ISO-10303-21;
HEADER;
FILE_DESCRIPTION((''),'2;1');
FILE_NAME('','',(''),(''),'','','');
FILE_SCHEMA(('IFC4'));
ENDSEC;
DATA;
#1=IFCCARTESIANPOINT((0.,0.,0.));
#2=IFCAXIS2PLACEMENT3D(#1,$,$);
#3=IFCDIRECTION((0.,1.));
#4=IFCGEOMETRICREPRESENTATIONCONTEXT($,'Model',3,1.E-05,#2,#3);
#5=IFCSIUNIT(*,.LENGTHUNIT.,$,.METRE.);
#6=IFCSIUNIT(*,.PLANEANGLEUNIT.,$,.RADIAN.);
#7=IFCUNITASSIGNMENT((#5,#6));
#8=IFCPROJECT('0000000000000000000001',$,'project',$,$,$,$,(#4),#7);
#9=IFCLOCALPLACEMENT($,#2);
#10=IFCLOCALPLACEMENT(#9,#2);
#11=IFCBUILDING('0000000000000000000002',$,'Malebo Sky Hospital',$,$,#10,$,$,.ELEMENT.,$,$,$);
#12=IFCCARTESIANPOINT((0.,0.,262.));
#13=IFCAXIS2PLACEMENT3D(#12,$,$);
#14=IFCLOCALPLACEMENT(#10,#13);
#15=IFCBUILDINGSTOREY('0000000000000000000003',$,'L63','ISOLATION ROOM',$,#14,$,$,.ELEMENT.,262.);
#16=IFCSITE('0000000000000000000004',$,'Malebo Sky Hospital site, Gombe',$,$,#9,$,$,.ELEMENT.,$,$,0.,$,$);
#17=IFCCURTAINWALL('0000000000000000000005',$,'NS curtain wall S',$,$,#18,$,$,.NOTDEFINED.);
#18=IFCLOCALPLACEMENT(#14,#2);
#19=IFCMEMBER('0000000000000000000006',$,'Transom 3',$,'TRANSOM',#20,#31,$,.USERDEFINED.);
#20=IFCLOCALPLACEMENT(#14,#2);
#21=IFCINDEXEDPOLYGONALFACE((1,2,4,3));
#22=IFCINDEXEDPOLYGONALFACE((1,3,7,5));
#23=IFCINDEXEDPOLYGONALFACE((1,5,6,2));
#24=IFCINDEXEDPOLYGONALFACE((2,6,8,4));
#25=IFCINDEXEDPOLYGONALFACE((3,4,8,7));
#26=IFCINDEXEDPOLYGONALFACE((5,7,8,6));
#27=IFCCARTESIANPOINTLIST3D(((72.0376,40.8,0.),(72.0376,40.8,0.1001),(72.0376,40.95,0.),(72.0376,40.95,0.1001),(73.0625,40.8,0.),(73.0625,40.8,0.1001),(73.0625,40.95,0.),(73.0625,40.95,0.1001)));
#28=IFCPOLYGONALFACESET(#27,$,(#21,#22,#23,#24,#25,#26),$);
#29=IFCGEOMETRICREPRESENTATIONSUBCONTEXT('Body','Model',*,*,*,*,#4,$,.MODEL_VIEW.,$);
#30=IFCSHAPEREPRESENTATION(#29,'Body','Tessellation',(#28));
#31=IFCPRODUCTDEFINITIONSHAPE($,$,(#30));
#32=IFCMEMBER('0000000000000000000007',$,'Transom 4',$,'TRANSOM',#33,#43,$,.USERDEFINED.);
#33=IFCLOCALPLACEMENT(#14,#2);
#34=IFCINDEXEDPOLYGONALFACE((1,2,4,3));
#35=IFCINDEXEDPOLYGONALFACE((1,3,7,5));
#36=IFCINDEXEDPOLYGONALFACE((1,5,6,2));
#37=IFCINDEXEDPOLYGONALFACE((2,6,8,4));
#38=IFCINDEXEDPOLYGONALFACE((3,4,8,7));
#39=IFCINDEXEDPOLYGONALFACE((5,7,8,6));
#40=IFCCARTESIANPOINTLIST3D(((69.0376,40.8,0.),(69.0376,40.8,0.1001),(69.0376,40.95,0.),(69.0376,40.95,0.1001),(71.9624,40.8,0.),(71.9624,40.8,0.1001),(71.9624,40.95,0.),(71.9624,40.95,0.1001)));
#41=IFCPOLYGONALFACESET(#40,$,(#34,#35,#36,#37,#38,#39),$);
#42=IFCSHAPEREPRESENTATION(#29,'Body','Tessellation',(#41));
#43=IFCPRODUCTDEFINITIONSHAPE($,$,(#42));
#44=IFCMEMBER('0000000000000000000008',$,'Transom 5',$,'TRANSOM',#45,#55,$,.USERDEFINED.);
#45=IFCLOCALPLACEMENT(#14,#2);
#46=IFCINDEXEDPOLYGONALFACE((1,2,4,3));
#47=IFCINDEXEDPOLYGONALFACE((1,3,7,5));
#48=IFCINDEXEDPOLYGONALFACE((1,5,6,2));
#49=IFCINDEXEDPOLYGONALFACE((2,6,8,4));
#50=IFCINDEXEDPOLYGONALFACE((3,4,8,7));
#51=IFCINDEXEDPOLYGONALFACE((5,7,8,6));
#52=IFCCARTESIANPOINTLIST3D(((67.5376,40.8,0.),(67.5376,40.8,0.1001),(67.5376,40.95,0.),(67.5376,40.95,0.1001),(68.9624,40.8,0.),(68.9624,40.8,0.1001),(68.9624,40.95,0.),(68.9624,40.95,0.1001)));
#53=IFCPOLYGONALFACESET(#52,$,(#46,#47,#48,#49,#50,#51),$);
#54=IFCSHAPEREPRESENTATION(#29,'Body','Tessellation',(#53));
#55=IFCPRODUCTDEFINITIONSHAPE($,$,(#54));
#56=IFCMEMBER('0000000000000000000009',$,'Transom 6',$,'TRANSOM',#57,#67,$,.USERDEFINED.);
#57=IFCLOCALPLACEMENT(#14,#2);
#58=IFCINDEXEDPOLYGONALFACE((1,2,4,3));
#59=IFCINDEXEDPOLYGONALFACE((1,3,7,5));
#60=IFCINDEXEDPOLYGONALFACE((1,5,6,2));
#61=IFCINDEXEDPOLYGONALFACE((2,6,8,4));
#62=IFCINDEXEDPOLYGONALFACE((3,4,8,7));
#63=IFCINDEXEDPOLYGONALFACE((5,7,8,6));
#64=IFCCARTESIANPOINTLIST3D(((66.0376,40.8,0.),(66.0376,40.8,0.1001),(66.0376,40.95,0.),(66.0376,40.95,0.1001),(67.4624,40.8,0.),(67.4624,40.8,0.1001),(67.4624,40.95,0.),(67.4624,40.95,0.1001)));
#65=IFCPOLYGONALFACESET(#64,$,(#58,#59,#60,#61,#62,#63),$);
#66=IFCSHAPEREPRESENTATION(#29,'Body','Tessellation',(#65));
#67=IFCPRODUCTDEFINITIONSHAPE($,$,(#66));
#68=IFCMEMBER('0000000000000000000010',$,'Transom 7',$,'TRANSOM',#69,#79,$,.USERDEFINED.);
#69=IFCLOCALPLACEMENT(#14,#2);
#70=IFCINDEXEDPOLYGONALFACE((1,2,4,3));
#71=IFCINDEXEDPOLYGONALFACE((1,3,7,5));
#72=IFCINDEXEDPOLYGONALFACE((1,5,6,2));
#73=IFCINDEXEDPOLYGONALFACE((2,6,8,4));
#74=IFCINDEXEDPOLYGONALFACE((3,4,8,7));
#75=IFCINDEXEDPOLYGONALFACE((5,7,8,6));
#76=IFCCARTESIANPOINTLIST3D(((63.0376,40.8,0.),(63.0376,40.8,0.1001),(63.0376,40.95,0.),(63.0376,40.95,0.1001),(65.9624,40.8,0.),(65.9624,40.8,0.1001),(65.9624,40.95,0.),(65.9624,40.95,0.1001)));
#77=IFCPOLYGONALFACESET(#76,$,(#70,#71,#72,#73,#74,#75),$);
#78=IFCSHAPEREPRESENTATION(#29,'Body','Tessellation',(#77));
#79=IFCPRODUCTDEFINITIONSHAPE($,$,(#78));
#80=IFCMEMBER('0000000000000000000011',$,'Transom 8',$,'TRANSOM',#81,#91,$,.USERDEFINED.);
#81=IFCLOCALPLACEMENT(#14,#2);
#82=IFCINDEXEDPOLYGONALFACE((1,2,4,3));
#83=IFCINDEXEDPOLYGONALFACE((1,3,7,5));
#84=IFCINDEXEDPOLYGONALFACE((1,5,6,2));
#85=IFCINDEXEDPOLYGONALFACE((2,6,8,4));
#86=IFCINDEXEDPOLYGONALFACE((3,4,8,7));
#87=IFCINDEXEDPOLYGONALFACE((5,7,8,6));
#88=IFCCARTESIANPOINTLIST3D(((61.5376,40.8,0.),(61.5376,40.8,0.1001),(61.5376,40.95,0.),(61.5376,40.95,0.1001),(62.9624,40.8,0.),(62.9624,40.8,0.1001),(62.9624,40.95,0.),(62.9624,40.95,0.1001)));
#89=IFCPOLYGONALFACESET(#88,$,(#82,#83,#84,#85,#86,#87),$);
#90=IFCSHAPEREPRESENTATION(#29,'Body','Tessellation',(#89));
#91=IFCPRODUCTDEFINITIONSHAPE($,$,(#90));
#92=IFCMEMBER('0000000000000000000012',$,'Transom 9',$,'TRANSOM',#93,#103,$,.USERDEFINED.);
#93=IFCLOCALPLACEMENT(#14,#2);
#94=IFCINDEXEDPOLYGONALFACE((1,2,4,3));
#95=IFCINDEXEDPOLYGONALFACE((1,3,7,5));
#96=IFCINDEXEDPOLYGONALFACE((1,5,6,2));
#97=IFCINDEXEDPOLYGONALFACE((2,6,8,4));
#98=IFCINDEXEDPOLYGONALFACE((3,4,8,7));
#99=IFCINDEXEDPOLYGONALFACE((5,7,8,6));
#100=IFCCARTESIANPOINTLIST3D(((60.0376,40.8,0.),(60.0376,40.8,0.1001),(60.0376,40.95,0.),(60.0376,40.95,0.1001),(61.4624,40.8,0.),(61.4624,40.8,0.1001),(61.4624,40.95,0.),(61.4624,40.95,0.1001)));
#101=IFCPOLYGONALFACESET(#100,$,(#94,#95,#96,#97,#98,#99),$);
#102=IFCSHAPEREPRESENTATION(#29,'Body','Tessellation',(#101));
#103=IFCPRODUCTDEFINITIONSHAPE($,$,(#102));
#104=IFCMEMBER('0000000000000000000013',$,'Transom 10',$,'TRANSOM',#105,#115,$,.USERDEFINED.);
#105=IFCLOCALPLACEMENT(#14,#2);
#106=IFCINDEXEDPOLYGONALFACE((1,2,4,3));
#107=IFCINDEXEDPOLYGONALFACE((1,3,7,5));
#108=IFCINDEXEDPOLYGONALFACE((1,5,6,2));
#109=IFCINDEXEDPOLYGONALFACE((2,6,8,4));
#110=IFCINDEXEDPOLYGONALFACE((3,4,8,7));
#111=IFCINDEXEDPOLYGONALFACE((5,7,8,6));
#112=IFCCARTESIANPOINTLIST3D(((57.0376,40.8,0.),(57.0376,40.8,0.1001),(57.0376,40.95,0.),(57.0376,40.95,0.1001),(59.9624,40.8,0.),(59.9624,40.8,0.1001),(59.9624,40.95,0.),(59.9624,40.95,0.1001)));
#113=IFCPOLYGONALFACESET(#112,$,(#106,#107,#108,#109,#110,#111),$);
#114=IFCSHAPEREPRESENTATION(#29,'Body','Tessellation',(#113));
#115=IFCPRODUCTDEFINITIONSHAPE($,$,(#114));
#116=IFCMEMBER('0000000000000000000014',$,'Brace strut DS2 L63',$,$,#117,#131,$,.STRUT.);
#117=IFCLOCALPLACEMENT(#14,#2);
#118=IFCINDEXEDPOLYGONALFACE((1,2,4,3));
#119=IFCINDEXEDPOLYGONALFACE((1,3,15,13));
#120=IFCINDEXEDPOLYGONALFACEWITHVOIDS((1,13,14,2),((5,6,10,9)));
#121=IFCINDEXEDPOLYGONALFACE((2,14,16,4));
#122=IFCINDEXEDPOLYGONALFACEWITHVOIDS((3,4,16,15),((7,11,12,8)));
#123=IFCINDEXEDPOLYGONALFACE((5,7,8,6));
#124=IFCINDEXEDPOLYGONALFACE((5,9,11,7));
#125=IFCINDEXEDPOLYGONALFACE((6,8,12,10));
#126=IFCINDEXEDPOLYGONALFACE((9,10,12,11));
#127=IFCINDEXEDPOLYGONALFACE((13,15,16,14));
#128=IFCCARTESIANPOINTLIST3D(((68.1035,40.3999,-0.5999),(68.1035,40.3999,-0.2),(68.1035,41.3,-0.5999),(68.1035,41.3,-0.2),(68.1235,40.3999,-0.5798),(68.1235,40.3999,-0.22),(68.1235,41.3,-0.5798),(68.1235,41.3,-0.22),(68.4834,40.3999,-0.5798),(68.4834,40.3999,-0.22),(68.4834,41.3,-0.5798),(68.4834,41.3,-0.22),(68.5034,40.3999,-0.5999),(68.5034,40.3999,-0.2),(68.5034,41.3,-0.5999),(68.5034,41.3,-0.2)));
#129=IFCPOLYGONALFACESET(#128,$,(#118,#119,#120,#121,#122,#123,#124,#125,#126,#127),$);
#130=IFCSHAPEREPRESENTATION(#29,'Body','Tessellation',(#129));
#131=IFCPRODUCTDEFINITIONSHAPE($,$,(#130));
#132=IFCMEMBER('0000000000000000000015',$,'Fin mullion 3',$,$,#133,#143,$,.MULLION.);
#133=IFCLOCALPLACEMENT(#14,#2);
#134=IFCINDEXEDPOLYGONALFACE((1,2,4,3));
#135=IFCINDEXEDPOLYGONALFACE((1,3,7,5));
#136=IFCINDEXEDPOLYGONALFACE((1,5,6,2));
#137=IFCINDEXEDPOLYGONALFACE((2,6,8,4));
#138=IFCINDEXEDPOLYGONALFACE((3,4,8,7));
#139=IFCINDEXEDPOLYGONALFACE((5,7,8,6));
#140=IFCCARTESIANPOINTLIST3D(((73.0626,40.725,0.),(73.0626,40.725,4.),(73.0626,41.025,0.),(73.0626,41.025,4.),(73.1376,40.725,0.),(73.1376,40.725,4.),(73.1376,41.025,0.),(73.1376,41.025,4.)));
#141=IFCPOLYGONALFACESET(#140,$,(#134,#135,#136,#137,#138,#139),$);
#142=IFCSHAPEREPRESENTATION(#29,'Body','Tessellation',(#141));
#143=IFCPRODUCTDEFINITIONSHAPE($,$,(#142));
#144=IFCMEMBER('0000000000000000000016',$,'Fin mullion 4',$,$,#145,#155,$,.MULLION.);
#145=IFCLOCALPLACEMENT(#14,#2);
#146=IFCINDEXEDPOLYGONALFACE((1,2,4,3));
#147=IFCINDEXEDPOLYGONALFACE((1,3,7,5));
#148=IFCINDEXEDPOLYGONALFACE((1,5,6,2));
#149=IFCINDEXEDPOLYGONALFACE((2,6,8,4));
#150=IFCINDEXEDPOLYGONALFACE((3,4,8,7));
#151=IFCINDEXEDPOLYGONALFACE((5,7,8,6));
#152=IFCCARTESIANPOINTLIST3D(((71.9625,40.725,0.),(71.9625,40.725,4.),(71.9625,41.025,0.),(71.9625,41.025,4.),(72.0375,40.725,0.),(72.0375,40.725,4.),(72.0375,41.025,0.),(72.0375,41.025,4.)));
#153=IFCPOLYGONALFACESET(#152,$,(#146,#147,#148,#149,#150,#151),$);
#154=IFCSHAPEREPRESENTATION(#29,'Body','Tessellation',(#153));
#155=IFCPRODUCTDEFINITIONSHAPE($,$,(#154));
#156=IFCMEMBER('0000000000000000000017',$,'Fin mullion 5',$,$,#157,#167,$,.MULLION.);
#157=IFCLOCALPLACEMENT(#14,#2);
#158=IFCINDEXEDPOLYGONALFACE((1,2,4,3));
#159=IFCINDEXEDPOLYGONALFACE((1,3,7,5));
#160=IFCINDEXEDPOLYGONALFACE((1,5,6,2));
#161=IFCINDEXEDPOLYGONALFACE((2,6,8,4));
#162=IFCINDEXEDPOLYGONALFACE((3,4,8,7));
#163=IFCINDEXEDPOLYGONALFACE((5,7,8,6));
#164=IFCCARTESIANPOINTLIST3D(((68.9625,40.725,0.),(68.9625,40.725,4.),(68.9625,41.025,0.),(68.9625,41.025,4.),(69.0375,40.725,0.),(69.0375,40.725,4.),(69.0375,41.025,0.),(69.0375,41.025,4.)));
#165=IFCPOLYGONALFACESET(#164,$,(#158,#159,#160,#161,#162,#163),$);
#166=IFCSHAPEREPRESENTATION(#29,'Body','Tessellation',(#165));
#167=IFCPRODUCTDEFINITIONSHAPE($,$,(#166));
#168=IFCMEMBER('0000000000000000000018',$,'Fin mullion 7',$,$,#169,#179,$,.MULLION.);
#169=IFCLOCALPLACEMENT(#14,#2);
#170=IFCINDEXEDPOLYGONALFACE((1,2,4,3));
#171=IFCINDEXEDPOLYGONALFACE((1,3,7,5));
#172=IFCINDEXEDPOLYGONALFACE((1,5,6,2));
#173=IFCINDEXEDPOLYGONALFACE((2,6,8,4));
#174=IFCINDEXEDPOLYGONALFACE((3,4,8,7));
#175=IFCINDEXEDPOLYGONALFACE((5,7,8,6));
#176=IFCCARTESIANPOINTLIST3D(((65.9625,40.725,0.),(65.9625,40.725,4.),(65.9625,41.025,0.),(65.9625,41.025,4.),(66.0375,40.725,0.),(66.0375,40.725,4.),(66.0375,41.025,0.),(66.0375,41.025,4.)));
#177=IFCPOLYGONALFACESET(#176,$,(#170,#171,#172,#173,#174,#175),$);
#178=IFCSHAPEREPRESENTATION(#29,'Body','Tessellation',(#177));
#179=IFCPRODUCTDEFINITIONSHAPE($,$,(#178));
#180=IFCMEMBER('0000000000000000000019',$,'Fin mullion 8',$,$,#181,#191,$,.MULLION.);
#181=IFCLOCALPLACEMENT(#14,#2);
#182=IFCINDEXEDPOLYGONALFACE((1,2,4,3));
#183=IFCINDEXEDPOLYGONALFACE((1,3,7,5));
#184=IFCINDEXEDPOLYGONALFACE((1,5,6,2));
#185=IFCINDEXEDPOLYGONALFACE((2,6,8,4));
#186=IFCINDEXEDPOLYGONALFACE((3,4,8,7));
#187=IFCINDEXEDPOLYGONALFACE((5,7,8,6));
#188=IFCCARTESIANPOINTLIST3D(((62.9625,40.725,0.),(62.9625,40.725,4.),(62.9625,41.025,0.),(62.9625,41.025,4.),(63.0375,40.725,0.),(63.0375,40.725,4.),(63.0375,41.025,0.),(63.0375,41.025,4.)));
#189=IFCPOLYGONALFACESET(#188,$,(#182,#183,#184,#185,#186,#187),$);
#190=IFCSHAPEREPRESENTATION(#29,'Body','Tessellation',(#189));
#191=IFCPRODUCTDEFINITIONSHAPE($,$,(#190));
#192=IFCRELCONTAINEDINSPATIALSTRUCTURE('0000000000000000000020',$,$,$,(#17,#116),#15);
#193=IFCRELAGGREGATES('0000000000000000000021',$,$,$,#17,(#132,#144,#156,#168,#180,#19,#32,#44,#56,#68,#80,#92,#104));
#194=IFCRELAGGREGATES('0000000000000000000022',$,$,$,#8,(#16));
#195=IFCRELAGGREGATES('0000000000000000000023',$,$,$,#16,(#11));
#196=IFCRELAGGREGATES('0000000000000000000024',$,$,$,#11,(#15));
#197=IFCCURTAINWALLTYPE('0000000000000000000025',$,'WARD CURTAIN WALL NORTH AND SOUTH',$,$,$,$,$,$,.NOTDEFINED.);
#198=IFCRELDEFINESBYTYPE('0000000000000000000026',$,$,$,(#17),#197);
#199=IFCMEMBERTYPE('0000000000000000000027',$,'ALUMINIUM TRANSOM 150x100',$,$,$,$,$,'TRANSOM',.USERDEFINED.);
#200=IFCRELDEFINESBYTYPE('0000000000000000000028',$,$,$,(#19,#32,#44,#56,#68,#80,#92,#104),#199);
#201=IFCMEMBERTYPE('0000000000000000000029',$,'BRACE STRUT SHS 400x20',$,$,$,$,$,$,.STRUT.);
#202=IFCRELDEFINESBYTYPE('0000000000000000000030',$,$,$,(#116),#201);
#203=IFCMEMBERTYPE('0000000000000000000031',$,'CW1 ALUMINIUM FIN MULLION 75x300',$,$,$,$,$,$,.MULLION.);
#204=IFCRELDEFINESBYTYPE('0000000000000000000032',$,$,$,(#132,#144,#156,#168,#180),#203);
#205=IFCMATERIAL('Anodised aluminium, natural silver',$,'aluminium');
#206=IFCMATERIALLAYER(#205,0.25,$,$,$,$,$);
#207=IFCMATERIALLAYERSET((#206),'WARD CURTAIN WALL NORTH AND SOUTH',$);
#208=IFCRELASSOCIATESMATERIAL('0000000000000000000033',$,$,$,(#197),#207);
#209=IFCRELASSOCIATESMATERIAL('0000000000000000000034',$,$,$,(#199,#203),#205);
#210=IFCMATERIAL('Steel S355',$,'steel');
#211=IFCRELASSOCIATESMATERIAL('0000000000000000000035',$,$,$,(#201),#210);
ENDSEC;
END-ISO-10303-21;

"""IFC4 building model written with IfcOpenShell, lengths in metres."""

from ifc_helpers import new_model, si_unit, direction, frame, origin, origin_2d, place, context, subcontext, project, spatial, rectangle, hollow_rectangle, extrude, material, layer, layer_set, material_profile, profile_set, type_object, element, aggregate, save


model = new_model("IFC4")

# Units and contexts
model_context = context("Model", 3, precision=1e-05, world=origin(), true_north=direction((0.0, 1.0)))
body_context = subcontext(model_context, "Body", "Model", "MODEL_VIEW")
ifc_project = project(units=[si_unit("LENGTHUNIT", "METRE"), si_unit("PLANEANGLEUNIT", "RADIAN")], contexts=[model_context])

# Site, building, storey
site_placement = place(None, origin())
site = spatial("IfcSite", under=ifc_project, at=site_placement, Name="Malebo Sky Hospital site, Gombe", CompositionType="ELEMENT", RefElevation=0.0)
building_placement = place(site_placement, origin())
building = spatial("IfcBuilding", under=site, at=building_placement, Name="Malebo Sky Hospital", CompositionType="ELEMENT")
storey_placement = place(building_placement, frame((0.0, 0.0, 262.0)))
storey = spatial("IfcBuildingStorey", under=building, at=storey_placement, Name="L63", Description="ISOLATION ROOM", CompositionType="ELEMENT", Elevation=262.0)

# Curtain wall, members
ifc_material_1 = material(Name="Anodised aluminium, natural silver", Category="aluminium")
ifc_layer_1 = layer(ifc_material_1, 0.25)
ifc_layer_set_1 = layer_set([ifc_layer_1], Name="WARD CURTAIN WALL NORTH AND SOUTH")
curtain_wall_type = type_object("IfcCurtainWallType", Name="WARD CURTAIN WALL NORTH AND SOUTH", PredefinedType="NOTDEFINED", material=ifc_layer_set_1)
curtain_wall_placement = place(storey_placement, origin())
curtain_wall = element("IfcCurtainWall", 1, at=curtain_wall_placement, inside=storey, type_object=curtain_wall_type, Name="NS curtain wall S", PredefinedType="NOTDEFINED")
ifc_material_profile_1 = material_profile(ifc_material_1, rectangle(XDim=0.1499, YDim=0.1001, at=origin_2d()), Name="ALUMINIUM TRANSOM 150x100")
ifc_profile_set_1 = profile_set([ifc_material_profile_1], Name="Anodised aluminium, natural silver")
member_type_1 = type_object("IfcMemberType", Name="ALUMINIUM TRANSOM 150x100", ElementType="TRANSOM", PredefinedType="USERDEFINED", material=ifc_profile_set_1)
member_1_placement = place(storey_placement, frame((73.0625, 40.875, 0.05), z_axis=(-1.0, 0.0, 0.0), x_axis=(0.0, -1.0, 0.0)))
member_1 = element("IfcMember", 2, at=member_1_placement, type_object=member_type_1, Name="Transom 3", ObjectType="TRANSOM", PredefinedType="USERDEFINED", context=body_context, shape_type="SweptSolid", body=[
    extrude(rectangle(XDim=0.1499, YDim=0.1001, at=origin_2d()), origin(), (0.0, 0.0, 1.0), 1.0249),
])
member_2_placement = place(storey_placement, frame((71.9624, 40.875, 0.05), z_axis=(-1.0, 0.0, 0.0), x_axis=(0.0, -1.0, 0.0)))
member_2 = element("IfcMember", 3, at=member_2_placement, type_object=member_type_1, Name="Transom 4", ObjectType="TRANSOM", PredefinedType="USERDEFINED", context=body_context, shape_type="SweptSolid", body=[
    extrude(rectangle(XDim=0.1499, YDim=0.1001, at=origin_2d()), origin(), (0.0, 0.0, 1.0), 2.9248),
])
member_3_placement = place(storey_placement, frame((68.9624, 40.875, 0.05), z_axis=(-1.0, 0.0, 0.0), x_axis=(0.0, -1.0, 0.0)))
member_3 = element("IfcMember", 4, at=member_3_placement, type_object=member_type_1, Name="Transom 5", ObjectType="TRANSOM", PredefinedType="USERDEFINED", context=body_context, shape_type="SweptSolid", body=[
    extrude(rectangle(XDim=0.1499, YDim=0.1001, at=origin_2d()), origin(), (0.0, 0.0, 1.0), 1.4248),
])
member_4_placement = place(storey_placement, frame((67.4624, 40.875, 0.05), z_axis=(-1.0, 0.0, 0.0), x_axis=(0.0, -1.0, 0.0)))
member_4 = element("IfcMember", 5, at=member_4_placement, type_object=member_type_1, Name="Transom 6", ObjectType="TRANSOM", PredefinedType="USERDEFINED", context=body_context, shape_type="SweptSolid", body=[
    extrude(rectangle(XDim=0.1499, YDim=0.1001, at=origin_2d()), origin(), (0.0, 0.0, 1.0), 1.4248),
])
member_5_placement = place(storey_placement, frame((65.9624, 40.875, 0.05), z_axis=(-1.0, 0.0, 0.0), x_axis=(0.0, -1.0, 0.0)))
member_5 = element("IfcMember", 6, at=member_5_placement, type_object=member_type_1, Name="Transom 7", ObjectType="TRANSOM", PredefinedType="USERDEFINED", context=body_context, shape_type="SweptSolid", body=[
    extrude(rectangle(XDim=0.1499, YDim=0.1001, at=origin_2d()), origin(), (0.0, 0.0, 1.0), 2.9248),
])
member_6_placement = place(storey_placement, frame((62.9624, 40.875, 0.05), z_axis=(-1.0, 0.0, 0.0), x_axis=(0.0, -1.0, 0.0)))
member_6 = element("IfcMember", 7, at=member_6_placement, type_object=member_type_1, Name="Transom 8", ObjectType="TRANSOM", PredefinedType="USERDEFINED", context=body_context, shape_type="SweptSolid", body=[
    extrude(rectangle(XDim=0.1499, YDim=0.1001, at=origin_2d()), origin(), (0.0, 0.0, 1.0), 1.4248),
])
member_7_placement = place(storey_placement, frame((61.4624, 40.875, 0.05), z_axis=(-1.0, 0.0, 0.0), x_axis=(0.0, -1.0, 0.0)))
member_7 = element("IfcMember", 8, at=member_7_placement, type_object=member_type_1, Name="Transom 9", ObjectType="TRANSOM", PredefinedType="USERDEFINED", context=body_context, shape_type="SweptSolid", body=[
    extrude(rectangle(XDim=0.1499, YDim=0.1001, at=origin_2d()), origin(), (0.0, 0.0, 1.0), 1.4248),
])
member_8_placement = place(storey_placement, frame((59.9624, 40.875, 0.05), z_axis=(-1.0, 0.0, 0.0), x_axis=(0.0, -1.0, 0.0)))
member_8 = element("IfcMember", 9, at=member_8_placement, type_object=member_type_1, Name="Transom 10", ObjectType="TRANSOM", PredefinedType="USERDEFINED", context=body_context, shape_type="SweptSolid", body=[
    extrude(rectangle(XDim=0.1499, YDim=0.1001, at=origin_2d()), origin(), (0.0, 0.0, 1.0), 2.9248),
])

# Members
ifc_material_2 = material(Name="Steel S355", Category="steel")
ifc_material_profile_2 = material_profile(ifc_material_2, hollow_rectangle(XDim=0.3999, YDim=0.3999, WallThickness=0.02, at=origin_2d()), Name="SHS 400x20")
ifc_profile_set_2 = profile_set([ifc_material_profile_2], Name="Steel S355")
member_type_2 = type_object("IfcMemberType", Name="BRACE STRUT SHS 400x20", PredefinedType="STRUT", material=ifc_profile_set_2)
member_9_placement = place(storey_placement, frame((68.3035, 40.3999, -0.3999), z_axis=(0.0, 1.0, 0.0), x_axis=(-1.0, 0.0, 0.0)))
element("IfcMember", 10, at=member_9_placement, inside=storey, type_object=member_type_2, Name="Brace strut DS2 L63", PredefinedType="STRUT", context=body_context, shape_type="SweptSolid", body=[
    extrude(hollow_rectangle(XDim=0.3999, YDim=0.3999, WallThickness=0.02, at=origin_2d()), origin(), (0.0, 0.0, 1.0), 0.9001),
])
ifc_material_profile_3 = material_profile(ifc_material_1, rectangle(XDim=0.075, YDim=0.3, at=origin_2d()), Name="CW1 ALUMINIUM FIN MULLION 75x300")
ifc_profile_set_3 = profile_set([ifc_material_profile_3], Name="Anodised aluminium, natural silver")
member_type_3 = type_object("IfcMemberType", Name="CW1 ALUMINIUM FIN MULLION 75x300", PredefinedType="MULLION", material=ifc_profile_set_3)
member_10_placement = place(storey_placement, frame((73.1001, 40.875, 0.0), z_axis=(0.0, 0.0, 1.0), x_axis=(-1.0, 0.0, 0.0)))
member_10 = element("IfcMember", 11, at=member_10_placement, type_object=member_type_3, Name="Fin mullion 3", PredefinedType="MULLION", context=body_context, shape_type="SweptSolid", body=[
    extrude(rectangle(XDim=0.075, YDim=0.3, at=origin_2d()), origin(), (0.0, 0.0, 1.0), 4.0),
])
member_11_placement = place(storey_placement, frame((72.0, 40.875, 0.0), z_axis=(0.0, 0.0, 1.0), x_axis=(-1.0, 0.0, 0.0)))
member_11 = element("IfcMember", 12, at=member_11_placement, type_object=member_type_3, Name="Fin mullion 4", PredefinedType="MULLION", context=body_context, shape_type="SweptSolid", body=[
    extrude(rectangle(XDim=0.075, YDim=0.3, at=origin_2d()), origin(), (0.0, 0.0, 1.0), 4.0),
])
member_12_placement = place(storey_placement, frame((69.0, 40.875, 0.0), z_axis=(0.0, 0.0, 1.0), x_axis=(-1.0, 0.0, 0.0)))
member_12 = element("IfcMember", 13, at=member_12_placement, type_object=member_type_3, Name="Fin mullion 5", PredefinedType="MULLION", context=body_context, shape_type="SweptSolid", body=[
    extrude(rectangle(XDim=0.075, YDim=0.3, at=origin_2d()), origin(), (0.0, 0.0, 1.0), 4.0),
])
member_13_placement = place(storey_placement, frame((66.0, 40.875, 0.0), z_axis=(0.0, 0.0, 1.0), x_axis=(-1.0, 0.0, 0.0)))
member_13 = element("IfcMember", 14, at=member_13_placement, type_object=member_type_3, Name="Fin mullion 7", PredefinedType="MULLION", context=body_context, shape_type="SweptSolid", body=[
    extrude(rectangle(XDim=0.075, YDim=0.3, at=origin_2d()), origin(), (0.0, 0.0, 1.0), 4.0),
])
member_14_placement = place(storey_placement, frame((63.0, 40.875, 0.0), z_axis=(0.0, 0.0, 1.0), x_axis=(-1.0, 0.0, 0.0)))
member_14 = element("IfcMember", 15, at=member_14_placement, type_object=member_type_3, Name="Fin mullion 8", PredefinedType="MULLION", context=body_context, shape_type="SweptSolid", body=[
    extrude(rectangle(XDim=0.075, YDim=0.3, at=origin_2d()), origin(), (0.0, 0.0, 1.0), 4.0),
])

aggregate(curtain_wall, [member_10, member_11, member_12, member_13, member_14, member_1, member_2, member_3, member_4, member_5, member_6, member_7, member_8])

save(model, "model.ifc")
